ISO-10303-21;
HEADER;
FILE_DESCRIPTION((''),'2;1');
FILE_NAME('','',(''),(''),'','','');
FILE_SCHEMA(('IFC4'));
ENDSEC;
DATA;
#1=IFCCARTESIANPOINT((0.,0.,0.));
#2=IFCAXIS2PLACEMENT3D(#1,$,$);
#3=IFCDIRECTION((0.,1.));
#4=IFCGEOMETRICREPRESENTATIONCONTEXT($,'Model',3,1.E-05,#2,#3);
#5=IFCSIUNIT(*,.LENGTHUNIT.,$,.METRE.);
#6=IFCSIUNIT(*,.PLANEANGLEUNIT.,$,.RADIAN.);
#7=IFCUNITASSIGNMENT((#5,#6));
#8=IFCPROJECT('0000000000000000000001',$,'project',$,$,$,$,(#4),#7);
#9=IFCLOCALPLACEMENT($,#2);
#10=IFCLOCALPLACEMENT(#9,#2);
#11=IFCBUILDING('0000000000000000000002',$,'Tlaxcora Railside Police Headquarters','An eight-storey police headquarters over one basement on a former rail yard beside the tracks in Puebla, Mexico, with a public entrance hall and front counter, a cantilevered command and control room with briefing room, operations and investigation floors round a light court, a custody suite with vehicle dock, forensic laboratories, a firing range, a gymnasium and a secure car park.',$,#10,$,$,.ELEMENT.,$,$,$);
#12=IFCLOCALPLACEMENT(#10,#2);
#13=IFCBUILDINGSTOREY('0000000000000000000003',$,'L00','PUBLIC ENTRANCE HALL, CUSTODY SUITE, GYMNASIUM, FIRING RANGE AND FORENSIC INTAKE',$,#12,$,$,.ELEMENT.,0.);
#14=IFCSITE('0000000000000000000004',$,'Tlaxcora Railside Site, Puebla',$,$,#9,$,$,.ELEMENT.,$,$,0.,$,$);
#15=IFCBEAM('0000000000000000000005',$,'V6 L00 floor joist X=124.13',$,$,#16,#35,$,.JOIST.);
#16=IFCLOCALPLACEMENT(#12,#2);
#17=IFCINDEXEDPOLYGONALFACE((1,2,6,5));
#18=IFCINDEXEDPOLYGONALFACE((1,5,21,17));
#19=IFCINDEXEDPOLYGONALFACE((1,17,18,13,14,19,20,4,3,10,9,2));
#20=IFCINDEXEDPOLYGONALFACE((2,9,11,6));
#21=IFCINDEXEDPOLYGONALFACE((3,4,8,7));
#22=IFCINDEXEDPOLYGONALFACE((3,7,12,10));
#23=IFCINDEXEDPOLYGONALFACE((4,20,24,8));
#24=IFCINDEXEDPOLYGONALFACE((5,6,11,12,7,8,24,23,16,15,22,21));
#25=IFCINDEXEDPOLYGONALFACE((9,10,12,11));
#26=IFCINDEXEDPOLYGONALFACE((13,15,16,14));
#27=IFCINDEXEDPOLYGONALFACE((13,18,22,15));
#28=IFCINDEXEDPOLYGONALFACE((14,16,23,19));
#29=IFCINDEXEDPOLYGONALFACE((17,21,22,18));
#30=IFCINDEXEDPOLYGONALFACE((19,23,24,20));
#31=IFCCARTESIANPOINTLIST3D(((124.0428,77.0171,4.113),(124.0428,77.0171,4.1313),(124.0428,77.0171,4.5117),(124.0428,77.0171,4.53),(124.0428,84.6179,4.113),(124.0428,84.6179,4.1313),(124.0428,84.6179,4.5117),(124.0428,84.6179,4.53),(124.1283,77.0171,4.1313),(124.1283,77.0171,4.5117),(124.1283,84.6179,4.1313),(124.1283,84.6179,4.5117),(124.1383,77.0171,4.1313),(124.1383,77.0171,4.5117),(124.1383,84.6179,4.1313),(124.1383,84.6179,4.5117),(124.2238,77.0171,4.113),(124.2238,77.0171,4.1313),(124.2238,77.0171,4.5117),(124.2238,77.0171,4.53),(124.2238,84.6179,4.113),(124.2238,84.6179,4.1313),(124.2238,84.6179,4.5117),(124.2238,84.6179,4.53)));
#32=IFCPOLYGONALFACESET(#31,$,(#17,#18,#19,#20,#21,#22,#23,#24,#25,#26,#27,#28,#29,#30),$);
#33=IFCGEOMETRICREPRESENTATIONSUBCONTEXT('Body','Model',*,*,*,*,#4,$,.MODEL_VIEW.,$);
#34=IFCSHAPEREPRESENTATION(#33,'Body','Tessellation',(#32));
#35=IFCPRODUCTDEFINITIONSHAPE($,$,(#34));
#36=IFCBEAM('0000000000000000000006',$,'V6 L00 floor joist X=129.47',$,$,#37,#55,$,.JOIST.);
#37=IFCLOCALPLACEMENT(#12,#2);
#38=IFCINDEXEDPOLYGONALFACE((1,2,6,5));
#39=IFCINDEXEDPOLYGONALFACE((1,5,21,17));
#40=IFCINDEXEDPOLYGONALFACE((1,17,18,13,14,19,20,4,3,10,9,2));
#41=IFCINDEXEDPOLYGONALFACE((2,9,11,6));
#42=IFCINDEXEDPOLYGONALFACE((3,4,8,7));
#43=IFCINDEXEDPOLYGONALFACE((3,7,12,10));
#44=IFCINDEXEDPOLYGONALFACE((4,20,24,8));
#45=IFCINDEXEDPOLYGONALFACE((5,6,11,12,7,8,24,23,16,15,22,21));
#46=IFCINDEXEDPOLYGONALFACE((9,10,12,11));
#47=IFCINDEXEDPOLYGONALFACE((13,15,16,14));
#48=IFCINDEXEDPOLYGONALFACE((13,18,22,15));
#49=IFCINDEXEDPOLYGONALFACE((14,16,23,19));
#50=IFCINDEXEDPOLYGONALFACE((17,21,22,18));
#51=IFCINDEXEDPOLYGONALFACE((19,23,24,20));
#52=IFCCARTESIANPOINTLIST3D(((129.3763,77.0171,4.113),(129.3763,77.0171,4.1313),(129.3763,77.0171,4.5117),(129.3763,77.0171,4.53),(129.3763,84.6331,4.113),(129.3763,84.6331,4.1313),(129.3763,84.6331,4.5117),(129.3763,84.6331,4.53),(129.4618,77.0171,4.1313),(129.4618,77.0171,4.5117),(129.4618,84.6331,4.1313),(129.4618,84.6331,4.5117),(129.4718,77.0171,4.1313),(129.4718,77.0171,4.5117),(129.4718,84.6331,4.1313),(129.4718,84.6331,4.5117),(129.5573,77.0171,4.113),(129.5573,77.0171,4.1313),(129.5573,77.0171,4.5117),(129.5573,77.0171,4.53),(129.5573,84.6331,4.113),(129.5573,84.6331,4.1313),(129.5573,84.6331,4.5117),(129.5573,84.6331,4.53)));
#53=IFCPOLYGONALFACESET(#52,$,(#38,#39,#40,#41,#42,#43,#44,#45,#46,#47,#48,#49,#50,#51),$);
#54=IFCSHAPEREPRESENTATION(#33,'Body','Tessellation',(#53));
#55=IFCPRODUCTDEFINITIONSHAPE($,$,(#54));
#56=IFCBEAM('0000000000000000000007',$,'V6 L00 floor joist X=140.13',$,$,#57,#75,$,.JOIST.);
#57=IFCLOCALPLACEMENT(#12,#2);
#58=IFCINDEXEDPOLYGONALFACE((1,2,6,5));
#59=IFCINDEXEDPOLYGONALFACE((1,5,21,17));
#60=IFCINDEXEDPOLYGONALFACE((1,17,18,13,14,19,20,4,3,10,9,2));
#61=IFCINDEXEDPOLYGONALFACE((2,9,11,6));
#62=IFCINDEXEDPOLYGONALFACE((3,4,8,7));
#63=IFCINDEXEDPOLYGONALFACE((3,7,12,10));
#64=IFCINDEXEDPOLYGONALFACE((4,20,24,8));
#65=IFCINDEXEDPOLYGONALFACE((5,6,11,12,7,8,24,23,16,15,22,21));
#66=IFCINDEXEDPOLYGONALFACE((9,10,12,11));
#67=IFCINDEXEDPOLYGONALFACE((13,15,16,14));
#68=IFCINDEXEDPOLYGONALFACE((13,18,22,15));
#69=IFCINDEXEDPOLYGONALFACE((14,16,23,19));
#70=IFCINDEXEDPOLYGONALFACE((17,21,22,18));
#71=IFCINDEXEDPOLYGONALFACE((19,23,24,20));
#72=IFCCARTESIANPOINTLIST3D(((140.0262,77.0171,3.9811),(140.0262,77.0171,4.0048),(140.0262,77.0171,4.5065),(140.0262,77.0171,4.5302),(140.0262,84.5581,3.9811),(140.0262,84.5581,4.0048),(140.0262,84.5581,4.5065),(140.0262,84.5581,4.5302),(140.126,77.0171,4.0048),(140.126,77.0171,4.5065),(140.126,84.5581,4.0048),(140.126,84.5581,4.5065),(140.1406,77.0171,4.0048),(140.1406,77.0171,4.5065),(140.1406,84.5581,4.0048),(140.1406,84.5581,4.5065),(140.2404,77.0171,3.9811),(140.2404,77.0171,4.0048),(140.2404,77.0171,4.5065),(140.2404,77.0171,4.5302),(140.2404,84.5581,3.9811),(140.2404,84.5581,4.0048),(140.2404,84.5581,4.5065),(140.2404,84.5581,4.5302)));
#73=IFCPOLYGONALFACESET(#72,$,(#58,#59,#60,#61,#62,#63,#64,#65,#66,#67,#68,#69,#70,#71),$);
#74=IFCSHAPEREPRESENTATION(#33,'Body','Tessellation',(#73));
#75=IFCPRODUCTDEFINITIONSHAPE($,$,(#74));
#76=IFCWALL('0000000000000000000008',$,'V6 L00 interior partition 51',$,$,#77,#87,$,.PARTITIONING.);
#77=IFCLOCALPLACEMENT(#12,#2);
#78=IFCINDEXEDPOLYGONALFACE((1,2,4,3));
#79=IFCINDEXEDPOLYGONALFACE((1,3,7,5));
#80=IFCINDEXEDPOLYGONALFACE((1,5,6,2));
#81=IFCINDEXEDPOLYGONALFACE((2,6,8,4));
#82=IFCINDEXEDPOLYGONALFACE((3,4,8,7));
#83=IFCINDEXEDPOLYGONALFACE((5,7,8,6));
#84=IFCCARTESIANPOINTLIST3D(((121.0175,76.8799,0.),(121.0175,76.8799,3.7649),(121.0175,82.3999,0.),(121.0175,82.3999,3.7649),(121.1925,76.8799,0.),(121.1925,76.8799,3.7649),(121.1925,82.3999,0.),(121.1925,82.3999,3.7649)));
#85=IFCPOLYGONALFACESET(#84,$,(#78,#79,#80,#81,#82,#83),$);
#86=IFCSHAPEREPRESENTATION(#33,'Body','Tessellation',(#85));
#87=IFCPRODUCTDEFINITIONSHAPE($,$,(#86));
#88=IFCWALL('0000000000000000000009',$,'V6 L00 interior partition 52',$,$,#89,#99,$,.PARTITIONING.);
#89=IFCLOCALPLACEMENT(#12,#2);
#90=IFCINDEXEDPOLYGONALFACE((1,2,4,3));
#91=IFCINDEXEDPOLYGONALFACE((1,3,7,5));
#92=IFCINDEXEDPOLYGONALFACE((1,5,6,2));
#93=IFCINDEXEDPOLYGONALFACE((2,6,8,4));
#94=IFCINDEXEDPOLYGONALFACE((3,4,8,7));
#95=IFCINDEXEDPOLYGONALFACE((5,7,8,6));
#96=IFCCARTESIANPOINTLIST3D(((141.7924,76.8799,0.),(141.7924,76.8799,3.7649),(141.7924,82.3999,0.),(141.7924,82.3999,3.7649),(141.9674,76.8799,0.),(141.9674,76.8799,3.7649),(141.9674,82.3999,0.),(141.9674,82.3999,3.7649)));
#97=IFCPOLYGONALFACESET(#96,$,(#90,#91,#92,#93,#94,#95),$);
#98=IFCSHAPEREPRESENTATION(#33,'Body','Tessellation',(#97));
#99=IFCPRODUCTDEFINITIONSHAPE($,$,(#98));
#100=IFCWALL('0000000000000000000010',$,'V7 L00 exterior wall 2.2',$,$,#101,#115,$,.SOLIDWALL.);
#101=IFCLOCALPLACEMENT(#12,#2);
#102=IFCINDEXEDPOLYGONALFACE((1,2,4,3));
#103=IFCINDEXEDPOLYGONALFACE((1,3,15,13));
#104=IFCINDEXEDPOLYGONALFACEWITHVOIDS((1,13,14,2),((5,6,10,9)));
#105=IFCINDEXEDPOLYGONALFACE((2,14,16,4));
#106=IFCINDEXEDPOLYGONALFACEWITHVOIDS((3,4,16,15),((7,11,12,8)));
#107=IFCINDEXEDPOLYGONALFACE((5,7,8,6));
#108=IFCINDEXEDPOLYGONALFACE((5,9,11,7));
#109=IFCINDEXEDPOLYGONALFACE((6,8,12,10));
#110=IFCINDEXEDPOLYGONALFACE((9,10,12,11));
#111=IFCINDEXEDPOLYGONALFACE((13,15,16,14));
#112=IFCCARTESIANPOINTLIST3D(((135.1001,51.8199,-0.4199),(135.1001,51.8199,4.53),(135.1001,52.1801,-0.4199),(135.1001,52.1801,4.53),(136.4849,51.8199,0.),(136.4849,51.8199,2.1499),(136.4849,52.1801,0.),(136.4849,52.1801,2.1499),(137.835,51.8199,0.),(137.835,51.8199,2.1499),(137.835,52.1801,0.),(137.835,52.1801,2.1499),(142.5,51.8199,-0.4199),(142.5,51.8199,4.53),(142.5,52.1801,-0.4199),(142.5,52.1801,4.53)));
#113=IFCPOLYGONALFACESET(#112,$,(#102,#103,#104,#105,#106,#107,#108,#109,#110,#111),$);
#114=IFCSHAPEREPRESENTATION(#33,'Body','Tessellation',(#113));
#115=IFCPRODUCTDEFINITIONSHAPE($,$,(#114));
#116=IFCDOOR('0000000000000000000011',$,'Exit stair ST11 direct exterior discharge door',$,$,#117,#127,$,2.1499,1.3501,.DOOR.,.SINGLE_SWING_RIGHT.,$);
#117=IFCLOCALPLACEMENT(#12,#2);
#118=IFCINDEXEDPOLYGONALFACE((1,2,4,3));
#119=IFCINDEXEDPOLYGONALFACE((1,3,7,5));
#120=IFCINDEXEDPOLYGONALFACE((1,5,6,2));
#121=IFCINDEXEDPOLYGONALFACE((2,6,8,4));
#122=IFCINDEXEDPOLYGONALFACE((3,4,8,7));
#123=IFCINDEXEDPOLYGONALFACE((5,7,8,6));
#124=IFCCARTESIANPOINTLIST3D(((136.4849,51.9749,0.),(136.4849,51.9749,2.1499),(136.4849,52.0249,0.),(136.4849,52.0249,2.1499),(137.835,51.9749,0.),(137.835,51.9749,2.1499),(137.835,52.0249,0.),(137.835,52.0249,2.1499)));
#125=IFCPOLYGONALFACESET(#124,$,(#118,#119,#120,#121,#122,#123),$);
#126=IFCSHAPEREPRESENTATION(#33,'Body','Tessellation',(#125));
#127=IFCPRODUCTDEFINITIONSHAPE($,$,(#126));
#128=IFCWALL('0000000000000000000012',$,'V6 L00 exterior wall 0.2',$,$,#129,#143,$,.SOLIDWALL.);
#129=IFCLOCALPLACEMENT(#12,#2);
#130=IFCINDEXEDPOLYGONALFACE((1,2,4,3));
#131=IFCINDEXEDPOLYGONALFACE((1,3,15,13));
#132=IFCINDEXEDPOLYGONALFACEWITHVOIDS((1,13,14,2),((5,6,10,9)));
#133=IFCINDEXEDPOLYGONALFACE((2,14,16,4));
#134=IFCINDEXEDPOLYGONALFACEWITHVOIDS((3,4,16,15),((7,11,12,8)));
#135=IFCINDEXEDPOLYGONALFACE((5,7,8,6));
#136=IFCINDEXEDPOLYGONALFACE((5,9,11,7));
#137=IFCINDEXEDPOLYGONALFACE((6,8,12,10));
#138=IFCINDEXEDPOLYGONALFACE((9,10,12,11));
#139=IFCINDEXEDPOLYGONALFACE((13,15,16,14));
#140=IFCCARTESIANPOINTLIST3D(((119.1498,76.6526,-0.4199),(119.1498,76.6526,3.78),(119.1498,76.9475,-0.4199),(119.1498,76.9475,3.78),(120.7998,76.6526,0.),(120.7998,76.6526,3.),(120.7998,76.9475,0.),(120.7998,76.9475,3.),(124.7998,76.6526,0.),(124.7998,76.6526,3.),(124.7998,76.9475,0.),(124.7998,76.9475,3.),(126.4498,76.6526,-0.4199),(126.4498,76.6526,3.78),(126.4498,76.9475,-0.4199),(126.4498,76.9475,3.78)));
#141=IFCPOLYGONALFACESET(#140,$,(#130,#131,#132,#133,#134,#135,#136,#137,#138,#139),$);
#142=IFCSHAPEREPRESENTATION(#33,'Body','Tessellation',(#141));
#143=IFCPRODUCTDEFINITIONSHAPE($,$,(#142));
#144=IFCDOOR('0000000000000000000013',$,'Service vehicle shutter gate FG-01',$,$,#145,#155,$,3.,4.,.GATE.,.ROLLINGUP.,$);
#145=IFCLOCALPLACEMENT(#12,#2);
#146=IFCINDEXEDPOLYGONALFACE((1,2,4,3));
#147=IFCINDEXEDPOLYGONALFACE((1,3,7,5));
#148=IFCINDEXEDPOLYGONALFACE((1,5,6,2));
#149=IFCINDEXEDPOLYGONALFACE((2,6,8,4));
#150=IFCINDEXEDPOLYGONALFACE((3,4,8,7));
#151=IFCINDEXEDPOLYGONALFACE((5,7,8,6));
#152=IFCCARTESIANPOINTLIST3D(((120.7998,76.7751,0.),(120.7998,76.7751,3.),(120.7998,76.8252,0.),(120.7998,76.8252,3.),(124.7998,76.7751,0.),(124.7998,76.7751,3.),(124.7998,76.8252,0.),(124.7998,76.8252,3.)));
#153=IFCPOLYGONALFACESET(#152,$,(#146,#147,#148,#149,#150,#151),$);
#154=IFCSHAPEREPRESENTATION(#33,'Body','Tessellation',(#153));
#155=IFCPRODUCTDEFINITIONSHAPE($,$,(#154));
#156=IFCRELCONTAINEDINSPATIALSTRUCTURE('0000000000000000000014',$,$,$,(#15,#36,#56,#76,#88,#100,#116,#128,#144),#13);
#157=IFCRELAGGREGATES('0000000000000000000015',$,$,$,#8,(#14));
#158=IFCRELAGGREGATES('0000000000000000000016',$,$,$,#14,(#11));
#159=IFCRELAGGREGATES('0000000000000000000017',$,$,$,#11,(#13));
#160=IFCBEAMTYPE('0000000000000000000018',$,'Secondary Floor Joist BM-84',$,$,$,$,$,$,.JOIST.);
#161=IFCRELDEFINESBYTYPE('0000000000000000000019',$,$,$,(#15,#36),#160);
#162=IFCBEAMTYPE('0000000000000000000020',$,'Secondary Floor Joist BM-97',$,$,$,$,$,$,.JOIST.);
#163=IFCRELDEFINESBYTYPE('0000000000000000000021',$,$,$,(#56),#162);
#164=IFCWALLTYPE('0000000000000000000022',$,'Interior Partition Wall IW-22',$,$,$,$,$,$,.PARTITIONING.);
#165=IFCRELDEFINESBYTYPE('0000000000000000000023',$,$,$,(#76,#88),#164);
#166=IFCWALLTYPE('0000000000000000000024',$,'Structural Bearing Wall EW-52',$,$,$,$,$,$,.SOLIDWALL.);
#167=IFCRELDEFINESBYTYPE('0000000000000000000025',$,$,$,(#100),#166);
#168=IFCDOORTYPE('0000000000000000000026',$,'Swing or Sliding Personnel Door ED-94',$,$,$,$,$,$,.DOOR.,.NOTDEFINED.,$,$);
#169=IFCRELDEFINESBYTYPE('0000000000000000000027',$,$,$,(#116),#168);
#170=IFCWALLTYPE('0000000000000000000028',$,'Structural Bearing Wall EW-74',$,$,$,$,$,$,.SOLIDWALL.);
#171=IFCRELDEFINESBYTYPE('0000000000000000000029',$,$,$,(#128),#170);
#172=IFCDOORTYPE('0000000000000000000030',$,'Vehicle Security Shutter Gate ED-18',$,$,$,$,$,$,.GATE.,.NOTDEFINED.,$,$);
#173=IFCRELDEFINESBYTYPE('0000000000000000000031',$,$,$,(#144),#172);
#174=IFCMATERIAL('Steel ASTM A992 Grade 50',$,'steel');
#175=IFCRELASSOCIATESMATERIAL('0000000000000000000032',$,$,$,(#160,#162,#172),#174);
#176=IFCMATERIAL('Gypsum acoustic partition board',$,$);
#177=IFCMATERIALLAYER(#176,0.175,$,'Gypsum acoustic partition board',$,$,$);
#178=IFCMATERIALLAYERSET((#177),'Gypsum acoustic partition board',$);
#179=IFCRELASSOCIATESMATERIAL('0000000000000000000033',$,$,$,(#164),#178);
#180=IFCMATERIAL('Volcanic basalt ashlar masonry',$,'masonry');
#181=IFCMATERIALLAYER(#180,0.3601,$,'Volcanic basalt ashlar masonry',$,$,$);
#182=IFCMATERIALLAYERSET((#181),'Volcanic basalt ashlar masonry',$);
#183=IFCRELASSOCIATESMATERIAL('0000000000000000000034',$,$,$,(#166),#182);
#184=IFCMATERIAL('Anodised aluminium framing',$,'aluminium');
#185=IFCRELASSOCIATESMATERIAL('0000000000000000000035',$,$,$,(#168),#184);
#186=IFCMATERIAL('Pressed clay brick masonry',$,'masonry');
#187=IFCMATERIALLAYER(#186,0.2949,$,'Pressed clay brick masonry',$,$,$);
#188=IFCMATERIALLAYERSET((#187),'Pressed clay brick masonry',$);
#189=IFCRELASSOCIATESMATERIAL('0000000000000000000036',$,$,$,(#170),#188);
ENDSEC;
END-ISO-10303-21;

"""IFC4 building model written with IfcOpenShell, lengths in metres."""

from ifc_helpers import new_model, si_unit, direction, frame, frame_2d, origin, origin_2d, place, context, subcontext, project, spatial, rectangle, i_section, extrude, material, layer, layer_set, material_profile, profile_set, type_object, element, fill, save


model = new_model("IFC4")

# Units and contexts
model_context = context("Model", 3, precision=1e-05, world=origin(), true_north=direction((0.0, 1.0)))
body_context = subcontext(model_context, "Body", "Model", "MODEL_VIEW")
ifc_project = project(units=[si_unit("LENGTHUNIT", "METRE"), si_unit("PLANEANGLEUNIT", "RADIAN")], contexts=[model_context])

# Site, building, storey
site_placement = place(None, origin())
site = spatial("IfcSite", under=ifc_project, at=site_placement, Name="Tlaxcora Railside Site, Puebla", CompositionType="ELEMENT", RefElevation=0.0)
building_placement = place(site_placement, origin())
building = spatial("IfcBuilding", under=site, at=building_placement, Name="Tlaxcora Railside Police Headquarters", Description="An eight-storey police headquarters over one basement on a former rail yard beside the tracks in Puebla, Mexico, with a public entrance hall and front counter, a cantilevered command and control room with briefing room, operations and investigation floors round a light court, a custody suite with vehicle dock, forensic laboratories, a firing range, a gymnasium and a secure car park.", CompositionType="ELEMENT")
storey_placement = place(building_placement, origin())
storey = spatial("IfcBuildingStorey", under=building, at=storey_placement, Name="L00", Description="PUBLIC ENTRANCE HALL, CUSTODY SUITE, GYMNASIUM, FIRING RANGE AND FORENSIC INTAKE", CompositionType="ELEMENT", Elevation=0.0)

# Beams
ifc_material_1 = material(Name="Steel ASTM A992 Grade 50", Category="steel")
ifc_material_profile_1 = material_profile(ifc_material_1, i_section(OverallWidth=0.1809, OverallDepth=0.417, WebThickness=0.01, FlangeThickness=0.0183, at=origin_2d()), Name="W16X57")
ifc_profile_set_1 = profile_set([ifc_material_profile_1], Name="Steel ASTM A992 Grade 50")
beam_type_1 = type_object("IfcBeamType", Name="Secondary Floor Joist BM-84", PredefinedType="JOIST", material=ifc_profile_set_1)
beam_1_placement = place(storey_placement, frame((124.1333, 77.0171, 4.3215), z_axis=(0.0, 1.0, 0.0), x_axis=(-1.0, 0.0, 0.0)))
element("IfcBeam", 1, at=beam_1_placement, inside=storey, type_object=beam_type_1, Name="V6 L00 floor joist X=124.13", PredefinedType="JOIST", context=body_context, shape_type="SweptSolid", body=[
    extrude(i_section(OverallWidth=0.1809, OverallDepth=0.417, WebThickness=0.01, FlangeThickness=0.0183, at=origin_2d()), origin(), (0.0, 0.0, 1.0), 7.6008),
])
beam_2_placement = place(storey_placement, frame((129.4668, 77.0171, 4.3215), z_axis=(0.0, 1.0, 0.0), x_axis=(-1.0, 0.0, 0.0)))
element("IfcBeam", 2, at=beam_2_placement, inside=storey, type_object=beam_type_1, Name="V6 L00 floor joist X=129.47", PredefinedType="JOIST", context=body_context, shape_type="SweptSolid", body=[
    extrude(i_section(OverallWidth=0.1809, OverallDepth=0.417, WebThickness=0.01, FlangeThickness=0.0183, at=origin_2d()), origin(), (0.0, 0.0, 1.0), 7.616),
])
ifc_material_profile_2 = material_profile(ifc_material_1, i_section(OverallWidth=0.2141, OverallDepth=0.5491, WebThickness=0.0146, FlangeThickness=0.0237, at=origin_2d()), Name="W21X93")
ifc_profile_set_2 = profile_set([ifc_material_profile_2], Name="Steel ASTM A992 Grade 50")
beam_type_2 = type_object("IfcBeamType", Name="Secondary Floor Joist BM-97", PredefinedType="JOIST", material=ifc_profile_set_2)
beam_3_placement = place(storey_placement, frame((140.1333, 77.0171, 4.2556), z_axis=(0.0, 1.0, 0.0), x_axis=(-1.0, 0.0, 0.0)))
element("IfcBeam", 3, at=beam_3_placement, inside=storey, type_object=beam_type_2, Name="V6 L00 floor joist X=140.13", PredefinedType="JOIST", context=body_context, shape_type="SweptSolid", body=[
    extrude(i_section(OverallWidth=0.2141, OverallDepth=0.5491, WebThickness=0.0146, FlangeThickness=0.0237, at=origin_2d()), origin(), (0.0, 0.0, 1.0), 7.541),
])

# Walls
ifc_material_2 = material(Name="Gypsum acoustic partition board")
ifc_layer_1 = layer(ifc_material_2, 0.175, Name="Gypsum acoustic partition board")
ifc_layer_set_1 = layer_set([ifc_layer_1], Name="Gypsum acoustic partition board")
wall_type_1 = type_object("IfcWallType", Name="Interior Partition Wall IW-22", PredefinedType="PARTITIONING", material=ifc_layer_set_1)
for number, where, z_axis, x_axis, name in (
    (4, (121.105, 76.8799, 0.0), (0.0, 0.0, 1.0), (0.0, 1.0, 0.0), "V6 L00 interior partition 51"),
    (5, (141.8799, 76.8799, 0.0), (0.0, 0.0, 1.0), (0.0, 1.0, 0.0), "V6 L00 interior partition 52"),
):
    element("IfcWall", number, at=place(storey_placement, frame(where, z_axis=z_axis, x_axis=x_axis)), inside=storey, type_object=wall_type_1, Name=name, PredefinedType="PARTITIONING", context=body_context, shape_type="SweptSolid", body=[
        extrude(rectangle(XDim=5.52, YDim=0.175, at=frame_2d((2.76, 0.0))), origin(), (0.0, 0.0, 1.0), 3.7649),
    ])

# Walls, openings, doors
ifc_material_3 = material(Name="Volcanic basalt ashlar masonry", Category="masonry")
ifc_layer_2 = layer(ifc_material_3, 0.3601, Name="Volcanic basalt ashlar masonry")
ifc_layer_set_2 = layer_set([ifc_layer_2], Name="Volcanic basalt ashlar masonry")
wall_type_2 = type_object("IfcWallType", Name="Structural Bearing Wall EW-52", PredefinedType="SOLIDWALL", material=ifc_layer_set_2)
wall_1_placement = place(storey_placement, frame((142.5, 52.0, -0.4199), z_axis=(0.0, 0.0, 1.0), x_axis=(-1.0, 0.0, 0.0)))
wall_1 = element("IfcWall", 6, at=wall_1_placement, inside=storey, type_object=wall_type_2, Name="V7 L00 exterior wall 2.2", PredefinedType="SOLIDWALL", context=body_context, shape_type="SweptSolid", body=[
    extrude(rectangle(XDim=7.3999, YDim=0.3601, at=frame_2d((3.7, 0.0))), origin(), (0.0, 0.0, 1.0), 4.95),
])
opening_1_placement = place(wall_1_placement, frame((4.665, 0.0, 0.4199)))
opening_1 = element("IfcOpeningElement", 7, at=opening_1_placement, cuts=wall_1, PredefinedType="OPENING", context=body_context, shape_type="SweptSolid", body=[
    extrude(rectangle(XDim=1.3501, YDim=2.1499, at=frame_2d((0.675, 1.075))), frame((0.0, 0.1899, 0.0), z_axis=(0.0, -1.0, 0.0), x_axis=(1.0, 0.0, 0.0)), (0.0, 0.0, 1.0), 0.3801),
])
ifc_material_4 = material(Name="Anodised aluminium framing", Category="aluminium")
door_type_1 = type_object("IfcDoorType", Name="Swing or Sliding Personnel Door ED-94", OperationType="NOTDEFINED", PredefinedType="DOOR", material=ifc_material_4)
door_1_placement = place(opening_1_placement, frame((1.3501, 0.0, 0.0), z_axis=(0.0, 0.0, 1.0), x_axis=(-1.0, 0.0, 0.0)))
door_1 = element("IfcDoor", 8, at=door_1_placement, inside=storey, type_object=door_type_1, Name="Exit stair ST11 direct exterior discharge door", OperationType="SINGLE_SWING_RIGHT", OverallHeight=2.1499, OverallWidth=1.3501, PredefinedType="DOOR", context=body_context, shape_type="SweptSolid", body=[
    extrude(rectangle(XDim=1.3501, YDim=2.1499, at=frame_2d((0.675, 1.075))), frame((0.0, 0.0249, 0.0), z_axis=(0.0, -1.0, 0.0), x_axis=(1.0, 0.0, 0.0)), (0.0, 0.0, 1.0), 0.05),
])
fill(opening_1, door_1)
ifc_material_5 = material(Name="Pressed clay brick masonry", Category="masonry")
ifc_layer_3 = layer(ifc_material_5, 0.2949, Name="Pressed clay brick masonry")
ifc_layer_set_3 = layer_set([ifc_layer_3], Name="Pressed clay brick masonry")
wall_type_3 = type_object("IfcWallType", Name="Structural Bearing Wall EW-74", PredefinedType="SOLIDWALL", material=ifc_layer_set_3)
wall_2_placement = place(storey_placement, frame((119.1499, 76.8, -0.4199), z_axis=(0.0, 0.0, 1.0), x_axis=(1.0, 0.0, 0.0)))
wall_2 = element("IfcWall", 9, at=wall_2_placement, inside=storey, type_object=wall_type_3, Name="V6 L00 exterior wall 0.2", PredefinedType="SOLIDWALL", context=body_context, shape_type="SweptSolid", body=[
    extrude(rectangle(XDim=7.3, YDim=0.2949, at=frame_2d((3.6499, 0.0))), origin(), (0.0, 0.0, 1.0), 4.2),
])
opening_2_placement = place(wall_2_placement, frame((1.6499, 0.0, 0.4199)))
opening_2 = element("IfcOpeningElement", 10, at=opening_2_placement, cuts=wall_2, PredefinedType="OPENING", context=body_context, shape_type="SweptSolid", body=[
    extrude(rectangle(XDim=4.0, YDim=3.0, at=frame_2d((2.0, 1.5))), frame((0.0, 0.1575, 0.0), z_axis=(0.0, -1.0, 0.0), x_axis=(1.0, 0.0, 0.0)), (0.0, 0.0, 1.0), 0.3149),
])
door_type_2 = type_object("IfcDoorType", Name="Vehicle Security Shutter Gate ED-18", OperationType="NOTDEFINED", PredefinedType="GATE", material=ifc_material_1)
door_2_placement = place(opening_2_placement, frame((4.0, 0.0, 0.0), z_axis=(0.0, 0.0, 1.0), x_axis=(-1.0, 0.0, 0.0)))
door_2 = element("IfcDoor", 11, at=door_2_placement, inside=storey, type_object=door_type_2, Name="Service vehicle shutter gate FG-01", OperationType="ROLLINGUP", OverallHeight=3.0, OverallWidth=4.0, PredefinedType="GATE", context=body_context, shape_type="SweptSolid", body=[
    extrude(rectangle(XDim=4.0, YDim=3.0, at=frame_2d((2.0, 1.5))), frame((0.0, 0.0249, 0.0), z_axis=(0.0, -1.0, 0.0), x_axis=(1.0, 0.0, 0.0)), (0.0, 0.0, 1.0), 0.05),
])
fill(opening_2, door_2)

save(model, "model.ifc")
